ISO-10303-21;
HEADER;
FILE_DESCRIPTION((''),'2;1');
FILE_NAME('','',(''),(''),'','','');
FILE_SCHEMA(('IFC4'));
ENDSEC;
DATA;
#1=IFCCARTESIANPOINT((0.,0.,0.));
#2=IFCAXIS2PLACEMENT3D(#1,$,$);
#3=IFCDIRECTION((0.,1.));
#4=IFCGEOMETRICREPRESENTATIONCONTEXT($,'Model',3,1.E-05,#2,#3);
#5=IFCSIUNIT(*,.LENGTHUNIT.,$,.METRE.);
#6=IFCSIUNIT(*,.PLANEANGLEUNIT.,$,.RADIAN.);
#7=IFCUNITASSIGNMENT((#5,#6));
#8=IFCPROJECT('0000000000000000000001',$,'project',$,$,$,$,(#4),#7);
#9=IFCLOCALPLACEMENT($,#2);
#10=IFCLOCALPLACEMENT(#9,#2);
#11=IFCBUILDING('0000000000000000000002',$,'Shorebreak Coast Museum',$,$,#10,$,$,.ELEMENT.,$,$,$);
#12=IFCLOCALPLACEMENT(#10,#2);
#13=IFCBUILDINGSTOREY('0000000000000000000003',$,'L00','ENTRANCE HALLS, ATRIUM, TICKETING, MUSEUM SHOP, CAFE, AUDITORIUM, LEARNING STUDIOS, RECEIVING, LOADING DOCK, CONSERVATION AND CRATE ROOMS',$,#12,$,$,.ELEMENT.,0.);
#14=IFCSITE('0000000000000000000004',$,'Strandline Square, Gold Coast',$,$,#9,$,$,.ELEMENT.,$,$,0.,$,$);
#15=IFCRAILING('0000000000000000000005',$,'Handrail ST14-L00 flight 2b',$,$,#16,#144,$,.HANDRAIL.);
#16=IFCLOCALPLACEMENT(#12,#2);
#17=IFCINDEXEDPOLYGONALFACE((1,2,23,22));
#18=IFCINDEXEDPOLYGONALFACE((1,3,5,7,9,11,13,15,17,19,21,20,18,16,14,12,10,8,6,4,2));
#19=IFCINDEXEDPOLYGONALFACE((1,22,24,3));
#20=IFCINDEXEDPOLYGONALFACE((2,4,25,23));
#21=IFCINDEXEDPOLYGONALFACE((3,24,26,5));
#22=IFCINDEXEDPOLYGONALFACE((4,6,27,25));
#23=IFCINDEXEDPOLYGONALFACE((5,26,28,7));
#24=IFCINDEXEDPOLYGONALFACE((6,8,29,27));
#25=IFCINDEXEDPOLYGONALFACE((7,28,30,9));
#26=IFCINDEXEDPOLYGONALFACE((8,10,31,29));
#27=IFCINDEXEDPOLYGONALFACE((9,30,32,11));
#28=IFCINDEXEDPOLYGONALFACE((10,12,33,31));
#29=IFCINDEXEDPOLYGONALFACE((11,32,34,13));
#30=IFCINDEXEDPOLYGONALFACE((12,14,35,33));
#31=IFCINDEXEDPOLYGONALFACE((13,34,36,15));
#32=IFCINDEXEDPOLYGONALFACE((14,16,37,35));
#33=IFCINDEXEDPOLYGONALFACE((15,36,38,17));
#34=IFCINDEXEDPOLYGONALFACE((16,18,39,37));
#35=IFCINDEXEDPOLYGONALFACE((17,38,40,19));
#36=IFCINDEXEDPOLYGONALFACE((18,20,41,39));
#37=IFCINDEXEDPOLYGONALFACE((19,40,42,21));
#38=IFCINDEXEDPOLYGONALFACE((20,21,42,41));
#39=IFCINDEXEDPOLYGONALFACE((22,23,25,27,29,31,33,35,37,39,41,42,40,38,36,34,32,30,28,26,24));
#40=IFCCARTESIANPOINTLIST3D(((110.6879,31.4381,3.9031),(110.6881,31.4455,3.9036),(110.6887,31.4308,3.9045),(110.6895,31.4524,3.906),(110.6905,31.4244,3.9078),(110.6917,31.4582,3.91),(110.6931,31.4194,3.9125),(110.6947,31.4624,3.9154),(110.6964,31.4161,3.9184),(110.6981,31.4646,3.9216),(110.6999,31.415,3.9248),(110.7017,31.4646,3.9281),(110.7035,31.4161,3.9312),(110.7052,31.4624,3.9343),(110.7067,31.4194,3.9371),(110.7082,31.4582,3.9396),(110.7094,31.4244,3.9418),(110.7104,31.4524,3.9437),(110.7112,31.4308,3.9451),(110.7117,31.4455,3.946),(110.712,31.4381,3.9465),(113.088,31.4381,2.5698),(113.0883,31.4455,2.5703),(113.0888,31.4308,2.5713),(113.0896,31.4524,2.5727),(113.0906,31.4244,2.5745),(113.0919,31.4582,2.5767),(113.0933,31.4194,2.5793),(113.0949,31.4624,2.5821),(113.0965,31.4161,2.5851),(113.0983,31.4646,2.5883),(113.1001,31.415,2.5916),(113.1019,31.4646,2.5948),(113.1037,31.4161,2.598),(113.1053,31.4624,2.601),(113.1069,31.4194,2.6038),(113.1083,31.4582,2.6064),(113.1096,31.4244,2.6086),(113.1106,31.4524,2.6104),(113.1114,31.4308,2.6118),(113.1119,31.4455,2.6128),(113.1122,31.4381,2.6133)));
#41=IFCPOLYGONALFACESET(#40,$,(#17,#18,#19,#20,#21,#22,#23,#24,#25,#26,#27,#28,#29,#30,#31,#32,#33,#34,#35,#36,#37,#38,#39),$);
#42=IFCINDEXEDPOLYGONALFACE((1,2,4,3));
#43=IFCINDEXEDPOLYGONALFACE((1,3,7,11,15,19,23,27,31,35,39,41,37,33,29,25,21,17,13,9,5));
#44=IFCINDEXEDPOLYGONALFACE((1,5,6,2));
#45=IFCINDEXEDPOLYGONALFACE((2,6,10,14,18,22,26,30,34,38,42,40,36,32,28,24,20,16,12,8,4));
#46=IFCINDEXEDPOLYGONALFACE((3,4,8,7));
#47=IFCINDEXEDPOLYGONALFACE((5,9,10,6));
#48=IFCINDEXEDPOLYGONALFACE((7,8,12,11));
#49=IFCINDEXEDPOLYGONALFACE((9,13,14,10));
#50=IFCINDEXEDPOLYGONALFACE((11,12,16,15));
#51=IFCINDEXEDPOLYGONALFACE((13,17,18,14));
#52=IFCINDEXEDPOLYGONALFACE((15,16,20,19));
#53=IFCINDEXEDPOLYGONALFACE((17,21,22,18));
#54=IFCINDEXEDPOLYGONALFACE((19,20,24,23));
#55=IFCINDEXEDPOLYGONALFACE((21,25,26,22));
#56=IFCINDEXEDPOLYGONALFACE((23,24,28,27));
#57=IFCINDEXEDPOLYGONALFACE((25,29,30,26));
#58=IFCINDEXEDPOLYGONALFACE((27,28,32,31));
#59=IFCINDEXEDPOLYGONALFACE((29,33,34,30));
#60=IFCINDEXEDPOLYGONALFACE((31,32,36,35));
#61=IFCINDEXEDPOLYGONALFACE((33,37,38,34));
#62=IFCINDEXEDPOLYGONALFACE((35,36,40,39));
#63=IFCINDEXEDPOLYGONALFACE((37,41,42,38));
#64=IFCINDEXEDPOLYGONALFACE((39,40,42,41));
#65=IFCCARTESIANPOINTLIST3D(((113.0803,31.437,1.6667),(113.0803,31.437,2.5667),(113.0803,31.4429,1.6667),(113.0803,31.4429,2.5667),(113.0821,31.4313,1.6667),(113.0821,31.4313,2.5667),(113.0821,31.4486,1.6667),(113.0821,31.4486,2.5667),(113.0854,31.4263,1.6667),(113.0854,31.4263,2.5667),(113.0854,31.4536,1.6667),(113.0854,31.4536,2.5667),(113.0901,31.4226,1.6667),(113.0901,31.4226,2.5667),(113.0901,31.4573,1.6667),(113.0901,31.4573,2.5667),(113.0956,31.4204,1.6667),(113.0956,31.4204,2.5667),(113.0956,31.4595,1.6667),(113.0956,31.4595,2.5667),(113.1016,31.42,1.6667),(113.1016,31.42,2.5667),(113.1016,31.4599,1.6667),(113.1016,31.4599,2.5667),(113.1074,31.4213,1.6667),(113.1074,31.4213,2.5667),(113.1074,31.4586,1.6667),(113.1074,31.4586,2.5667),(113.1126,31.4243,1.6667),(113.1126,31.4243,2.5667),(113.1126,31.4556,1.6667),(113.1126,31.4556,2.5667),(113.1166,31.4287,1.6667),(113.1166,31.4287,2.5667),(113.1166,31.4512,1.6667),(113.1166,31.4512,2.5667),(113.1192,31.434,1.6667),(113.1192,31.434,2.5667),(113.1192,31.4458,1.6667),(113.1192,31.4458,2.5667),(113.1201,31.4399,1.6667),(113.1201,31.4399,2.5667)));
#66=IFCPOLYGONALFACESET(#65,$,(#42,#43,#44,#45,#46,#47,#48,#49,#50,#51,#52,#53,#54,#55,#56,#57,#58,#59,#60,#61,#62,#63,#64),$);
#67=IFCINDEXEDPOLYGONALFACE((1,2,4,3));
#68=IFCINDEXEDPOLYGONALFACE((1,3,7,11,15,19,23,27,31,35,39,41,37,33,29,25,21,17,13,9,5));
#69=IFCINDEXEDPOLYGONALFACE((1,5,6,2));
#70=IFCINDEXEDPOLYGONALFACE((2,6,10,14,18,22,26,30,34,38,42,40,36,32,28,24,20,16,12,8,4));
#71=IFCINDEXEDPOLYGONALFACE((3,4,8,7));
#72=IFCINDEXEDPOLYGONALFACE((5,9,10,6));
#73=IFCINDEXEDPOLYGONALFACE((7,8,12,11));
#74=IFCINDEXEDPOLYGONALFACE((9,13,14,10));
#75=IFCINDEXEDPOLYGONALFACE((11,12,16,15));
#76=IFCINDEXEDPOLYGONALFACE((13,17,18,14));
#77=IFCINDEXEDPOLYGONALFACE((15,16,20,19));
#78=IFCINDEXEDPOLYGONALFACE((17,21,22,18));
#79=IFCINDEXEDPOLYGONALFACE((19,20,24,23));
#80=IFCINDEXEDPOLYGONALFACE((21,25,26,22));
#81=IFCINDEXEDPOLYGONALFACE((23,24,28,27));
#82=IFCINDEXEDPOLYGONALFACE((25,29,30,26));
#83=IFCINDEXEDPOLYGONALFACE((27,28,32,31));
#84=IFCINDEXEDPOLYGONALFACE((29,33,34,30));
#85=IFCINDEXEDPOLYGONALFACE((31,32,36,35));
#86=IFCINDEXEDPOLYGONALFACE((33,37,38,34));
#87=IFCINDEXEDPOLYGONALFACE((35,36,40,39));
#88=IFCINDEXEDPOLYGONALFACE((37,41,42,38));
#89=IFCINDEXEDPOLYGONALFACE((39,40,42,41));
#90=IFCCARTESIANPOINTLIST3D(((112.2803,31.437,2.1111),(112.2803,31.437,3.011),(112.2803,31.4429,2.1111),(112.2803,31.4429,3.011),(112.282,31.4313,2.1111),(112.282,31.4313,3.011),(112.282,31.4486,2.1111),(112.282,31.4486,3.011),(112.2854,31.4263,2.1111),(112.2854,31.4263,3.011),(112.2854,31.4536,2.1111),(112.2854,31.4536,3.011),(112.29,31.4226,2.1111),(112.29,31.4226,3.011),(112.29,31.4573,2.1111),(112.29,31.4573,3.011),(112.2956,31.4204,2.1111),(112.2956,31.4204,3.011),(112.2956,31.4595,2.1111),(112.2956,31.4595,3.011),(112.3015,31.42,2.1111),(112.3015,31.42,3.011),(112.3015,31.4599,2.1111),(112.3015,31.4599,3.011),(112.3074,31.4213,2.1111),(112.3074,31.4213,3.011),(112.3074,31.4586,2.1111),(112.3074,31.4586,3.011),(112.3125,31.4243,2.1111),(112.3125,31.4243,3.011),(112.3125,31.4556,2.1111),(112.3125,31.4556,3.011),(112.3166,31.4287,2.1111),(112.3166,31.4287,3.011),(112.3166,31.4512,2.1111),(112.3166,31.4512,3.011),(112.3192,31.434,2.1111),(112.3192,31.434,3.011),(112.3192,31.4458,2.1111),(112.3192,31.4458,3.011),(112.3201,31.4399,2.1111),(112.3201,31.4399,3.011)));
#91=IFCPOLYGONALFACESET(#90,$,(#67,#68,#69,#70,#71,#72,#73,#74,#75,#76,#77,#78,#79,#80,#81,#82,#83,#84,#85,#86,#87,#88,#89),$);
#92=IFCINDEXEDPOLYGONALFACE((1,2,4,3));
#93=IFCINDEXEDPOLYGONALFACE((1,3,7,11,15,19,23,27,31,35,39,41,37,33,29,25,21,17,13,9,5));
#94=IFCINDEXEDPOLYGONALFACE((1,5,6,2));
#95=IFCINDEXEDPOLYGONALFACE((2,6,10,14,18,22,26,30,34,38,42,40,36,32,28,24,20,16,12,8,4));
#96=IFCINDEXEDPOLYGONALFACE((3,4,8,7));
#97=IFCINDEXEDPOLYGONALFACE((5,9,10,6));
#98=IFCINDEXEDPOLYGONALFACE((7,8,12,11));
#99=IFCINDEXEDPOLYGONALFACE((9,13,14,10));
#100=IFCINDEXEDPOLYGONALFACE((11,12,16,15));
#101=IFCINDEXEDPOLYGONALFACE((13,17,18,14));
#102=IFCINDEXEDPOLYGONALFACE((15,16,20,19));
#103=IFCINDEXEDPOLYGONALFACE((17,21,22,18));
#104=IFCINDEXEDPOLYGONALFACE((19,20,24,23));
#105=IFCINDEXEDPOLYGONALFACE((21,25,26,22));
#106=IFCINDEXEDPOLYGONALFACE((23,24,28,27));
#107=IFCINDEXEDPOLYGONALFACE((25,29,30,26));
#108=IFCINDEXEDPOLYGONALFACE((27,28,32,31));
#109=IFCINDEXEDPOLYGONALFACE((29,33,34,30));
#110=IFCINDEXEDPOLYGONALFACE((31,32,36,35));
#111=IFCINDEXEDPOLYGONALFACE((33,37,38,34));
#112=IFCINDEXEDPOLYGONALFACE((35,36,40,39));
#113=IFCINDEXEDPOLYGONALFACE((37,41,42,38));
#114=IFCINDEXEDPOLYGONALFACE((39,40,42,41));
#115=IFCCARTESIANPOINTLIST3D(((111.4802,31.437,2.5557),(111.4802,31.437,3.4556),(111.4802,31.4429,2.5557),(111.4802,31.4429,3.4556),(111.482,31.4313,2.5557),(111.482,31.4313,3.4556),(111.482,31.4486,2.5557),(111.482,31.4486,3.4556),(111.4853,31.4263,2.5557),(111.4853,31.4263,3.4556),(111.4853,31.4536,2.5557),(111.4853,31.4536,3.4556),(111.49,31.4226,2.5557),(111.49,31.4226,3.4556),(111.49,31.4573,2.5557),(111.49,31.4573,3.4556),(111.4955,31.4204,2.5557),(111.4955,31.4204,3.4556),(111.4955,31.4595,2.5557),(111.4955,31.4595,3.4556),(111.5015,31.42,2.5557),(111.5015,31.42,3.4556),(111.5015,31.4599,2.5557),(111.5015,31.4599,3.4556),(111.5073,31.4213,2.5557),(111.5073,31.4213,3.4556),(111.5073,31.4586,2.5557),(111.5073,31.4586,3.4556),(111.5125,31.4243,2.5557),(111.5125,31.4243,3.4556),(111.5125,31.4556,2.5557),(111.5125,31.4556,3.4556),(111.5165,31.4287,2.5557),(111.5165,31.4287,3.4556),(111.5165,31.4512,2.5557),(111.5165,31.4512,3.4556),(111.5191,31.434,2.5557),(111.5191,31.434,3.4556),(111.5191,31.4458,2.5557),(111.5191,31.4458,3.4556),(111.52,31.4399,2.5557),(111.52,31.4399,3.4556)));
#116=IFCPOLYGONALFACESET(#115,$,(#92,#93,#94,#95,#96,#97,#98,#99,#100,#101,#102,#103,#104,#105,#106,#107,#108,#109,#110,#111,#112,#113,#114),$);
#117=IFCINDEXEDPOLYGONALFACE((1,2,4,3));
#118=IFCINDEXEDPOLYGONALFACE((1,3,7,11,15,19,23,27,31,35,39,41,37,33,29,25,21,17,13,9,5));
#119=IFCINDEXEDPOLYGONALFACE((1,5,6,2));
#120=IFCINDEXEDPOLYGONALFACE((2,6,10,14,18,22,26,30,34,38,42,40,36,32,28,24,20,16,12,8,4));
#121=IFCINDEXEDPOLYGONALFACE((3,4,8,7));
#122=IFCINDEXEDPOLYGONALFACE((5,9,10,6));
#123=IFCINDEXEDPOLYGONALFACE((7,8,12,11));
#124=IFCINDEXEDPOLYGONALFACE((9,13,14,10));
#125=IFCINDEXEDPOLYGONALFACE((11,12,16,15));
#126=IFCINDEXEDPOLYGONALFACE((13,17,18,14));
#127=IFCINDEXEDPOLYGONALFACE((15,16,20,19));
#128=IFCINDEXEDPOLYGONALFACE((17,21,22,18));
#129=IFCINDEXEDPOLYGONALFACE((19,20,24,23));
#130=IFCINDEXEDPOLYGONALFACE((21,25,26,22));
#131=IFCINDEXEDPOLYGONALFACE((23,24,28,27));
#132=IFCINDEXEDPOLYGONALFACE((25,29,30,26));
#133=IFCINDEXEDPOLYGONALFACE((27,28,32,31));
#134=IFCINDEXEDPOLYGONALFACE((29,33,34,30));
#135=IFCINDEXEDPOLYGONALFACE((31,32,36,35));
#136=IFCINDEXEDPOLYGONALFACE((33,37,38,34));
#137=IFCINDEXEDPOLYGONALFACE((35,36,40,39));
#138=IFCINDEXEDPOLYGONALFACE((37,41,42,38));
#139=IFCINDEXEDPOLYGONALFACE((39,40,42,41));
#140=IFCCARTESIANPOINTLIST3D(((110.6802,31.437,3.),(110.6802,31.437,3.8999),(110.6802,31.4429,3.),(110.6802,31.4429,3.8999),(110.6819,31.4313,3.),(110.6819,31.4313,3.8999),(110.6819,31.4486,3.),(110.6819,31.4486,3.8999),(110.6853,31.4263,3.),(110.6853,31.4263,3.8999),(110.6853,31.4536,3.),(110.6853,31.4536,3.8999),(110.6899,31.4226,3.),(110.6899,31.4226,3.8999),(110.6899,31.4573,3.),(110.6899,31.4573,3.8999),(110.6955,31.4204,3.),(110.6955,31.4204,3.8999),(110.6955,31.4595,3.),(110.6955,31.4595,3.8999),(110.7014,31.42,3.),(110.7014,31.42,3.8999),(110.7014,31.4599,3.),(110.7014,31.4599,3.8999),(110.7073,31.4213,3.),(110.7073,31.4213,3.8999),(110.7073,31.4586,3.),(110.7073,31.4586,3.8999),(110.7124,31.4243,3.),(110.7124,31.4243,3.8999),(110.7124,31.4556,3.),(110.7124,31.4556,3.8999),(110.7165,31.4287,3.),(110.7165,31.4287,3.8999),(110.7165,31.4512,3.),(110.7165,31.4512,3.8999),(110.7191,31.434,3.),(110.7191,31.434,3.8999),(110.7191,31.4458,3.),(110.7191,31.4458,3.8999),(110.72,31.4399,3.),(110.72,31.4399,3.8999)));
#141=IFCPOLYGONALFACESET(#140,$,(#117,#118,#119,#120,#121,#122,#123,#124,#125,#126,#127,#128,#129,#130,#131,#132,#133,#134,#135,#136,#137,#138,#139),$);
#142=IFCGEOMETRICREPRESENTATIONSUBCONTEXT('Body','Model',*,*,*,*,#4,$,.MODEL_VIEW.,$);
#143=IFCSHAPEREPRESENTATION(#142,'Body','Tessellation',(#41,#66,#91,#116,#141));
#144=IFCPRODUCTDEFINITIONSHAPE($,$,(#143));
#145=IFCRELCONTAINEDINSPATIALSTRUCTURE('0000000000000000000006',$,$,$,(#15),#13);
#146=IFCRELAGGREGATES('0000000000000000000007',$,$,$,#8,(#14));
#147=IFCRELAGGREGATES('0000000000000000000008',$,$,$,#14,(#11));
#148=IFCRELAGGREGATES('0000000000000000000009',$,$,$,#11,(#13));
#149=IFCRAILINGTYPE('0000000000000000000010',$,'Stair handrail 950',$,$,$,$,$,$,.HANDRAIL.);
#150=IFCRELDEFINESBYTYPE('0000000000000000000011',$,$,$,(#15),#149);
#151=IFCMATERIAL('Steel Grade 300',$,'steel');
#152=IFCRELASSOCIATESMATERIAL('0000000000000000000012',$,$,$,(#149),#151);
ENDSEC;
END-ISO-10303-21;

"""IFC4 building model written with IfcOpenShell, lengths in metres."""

from ifc_helpers import new_model, si_unit, direction, frame, origin, origin_2d, place, context, subcontext, project, spatial, circle, extrude, material, type_object, element, save


model = new_model("IFC4")

# Units and contexts
model_context = context("Model", 3, precision=1e-05, world=origin(), true_north=direction((0.0, 1.0)))
body_context = subcontext(model_context, "Body", "Model", "MODEL_VIEW")
ifc_project = project(units=[si_unit("LENGTHUNIT", "METRE"), si_unit("PLANEANGLEUNIT", "RADIAN")], contexts=[model_context])

# Site, building, storey
site_placement = place(None, origin())
site = spatial("IfcSite", under=ifc_project, at=site_placement, Name="Strandline Square, Gold Coast", CompositionType="ELEMENT", RefElevation=0.0)
building_placement = place(site_placement, origin())
building = spatial("IfcBuilding", under=site, at=building_placement, Name="Shorebreak Coast Museum", CompositionType="ELEMENT")
storey_placement = place(building_placement, origin())
storey = spatial("IfcBuildingStorey", under=building, at=storey_placement, Name="L00", Description="ENTRANCE HALLS, ATRIUM, TICKETING, MUSEUM SHOP, CAFE, AUDITORIUM, LEARNING STUDIOS, RECEIVING, LOADING DOCK, CONSERVATION AND CRATE ROOMS", CompositionType="ELEMENT", Elevation=0.0)

# Railing
ifc_material_1 = material(Name="Steel Grade 300", Category="steel")
railing_type_1 = type_object("IfcRailingType", Name="Stair handrail 950", PredefinedType="HANDRAIL", material=ifc_material_1)
for number, where, name in (
    (1, (113.1001, 31.4399, 1.6667), "Handrail ST14-L00 flight 2b"),
):
    element("IfcRailing", number, at=place(storey_placement, frame(where)), inside=storey, type_object=railing_type_1, Name=name, PredefinedType="HANDRAIL", context=body_context, shape_type="SweptSolid", body=[
        extrude(circle(Radius=0.0249, at=origin_2d()), frame((0.0, 0.0, 0.9248), z_axis=(-0.874182, 0.0, 0.485598), x_axis=(0.0, -1.0, 0.0)), (0.0, 0.0, 1.0), 2.7456),
        extrude(circle(Radius=0.02, at=origin_2d()), origin(), (0.0, 0.0, 1.0), 0.8999),
        extrude(circle(Radius=0.02, at=origin_2d()), frame((-0.8, 0.0, 0.4443)), (0.0, 0.0, 1.0), 0.8999),
        extrude(circle(Radius=0.02, at=origin_2d()), frame((-1.6001, 0.0, 0.8889)), (0.0, 0.0, 1.0), 0.8999),
        extrude(circle(Radius=0.02, at=origin_2d()), frame((-2.4001, 0.0, 1.3333)), (0.0, 0.0, 1.0), 0.8999),
    ])

save(model, "model.ifc")
